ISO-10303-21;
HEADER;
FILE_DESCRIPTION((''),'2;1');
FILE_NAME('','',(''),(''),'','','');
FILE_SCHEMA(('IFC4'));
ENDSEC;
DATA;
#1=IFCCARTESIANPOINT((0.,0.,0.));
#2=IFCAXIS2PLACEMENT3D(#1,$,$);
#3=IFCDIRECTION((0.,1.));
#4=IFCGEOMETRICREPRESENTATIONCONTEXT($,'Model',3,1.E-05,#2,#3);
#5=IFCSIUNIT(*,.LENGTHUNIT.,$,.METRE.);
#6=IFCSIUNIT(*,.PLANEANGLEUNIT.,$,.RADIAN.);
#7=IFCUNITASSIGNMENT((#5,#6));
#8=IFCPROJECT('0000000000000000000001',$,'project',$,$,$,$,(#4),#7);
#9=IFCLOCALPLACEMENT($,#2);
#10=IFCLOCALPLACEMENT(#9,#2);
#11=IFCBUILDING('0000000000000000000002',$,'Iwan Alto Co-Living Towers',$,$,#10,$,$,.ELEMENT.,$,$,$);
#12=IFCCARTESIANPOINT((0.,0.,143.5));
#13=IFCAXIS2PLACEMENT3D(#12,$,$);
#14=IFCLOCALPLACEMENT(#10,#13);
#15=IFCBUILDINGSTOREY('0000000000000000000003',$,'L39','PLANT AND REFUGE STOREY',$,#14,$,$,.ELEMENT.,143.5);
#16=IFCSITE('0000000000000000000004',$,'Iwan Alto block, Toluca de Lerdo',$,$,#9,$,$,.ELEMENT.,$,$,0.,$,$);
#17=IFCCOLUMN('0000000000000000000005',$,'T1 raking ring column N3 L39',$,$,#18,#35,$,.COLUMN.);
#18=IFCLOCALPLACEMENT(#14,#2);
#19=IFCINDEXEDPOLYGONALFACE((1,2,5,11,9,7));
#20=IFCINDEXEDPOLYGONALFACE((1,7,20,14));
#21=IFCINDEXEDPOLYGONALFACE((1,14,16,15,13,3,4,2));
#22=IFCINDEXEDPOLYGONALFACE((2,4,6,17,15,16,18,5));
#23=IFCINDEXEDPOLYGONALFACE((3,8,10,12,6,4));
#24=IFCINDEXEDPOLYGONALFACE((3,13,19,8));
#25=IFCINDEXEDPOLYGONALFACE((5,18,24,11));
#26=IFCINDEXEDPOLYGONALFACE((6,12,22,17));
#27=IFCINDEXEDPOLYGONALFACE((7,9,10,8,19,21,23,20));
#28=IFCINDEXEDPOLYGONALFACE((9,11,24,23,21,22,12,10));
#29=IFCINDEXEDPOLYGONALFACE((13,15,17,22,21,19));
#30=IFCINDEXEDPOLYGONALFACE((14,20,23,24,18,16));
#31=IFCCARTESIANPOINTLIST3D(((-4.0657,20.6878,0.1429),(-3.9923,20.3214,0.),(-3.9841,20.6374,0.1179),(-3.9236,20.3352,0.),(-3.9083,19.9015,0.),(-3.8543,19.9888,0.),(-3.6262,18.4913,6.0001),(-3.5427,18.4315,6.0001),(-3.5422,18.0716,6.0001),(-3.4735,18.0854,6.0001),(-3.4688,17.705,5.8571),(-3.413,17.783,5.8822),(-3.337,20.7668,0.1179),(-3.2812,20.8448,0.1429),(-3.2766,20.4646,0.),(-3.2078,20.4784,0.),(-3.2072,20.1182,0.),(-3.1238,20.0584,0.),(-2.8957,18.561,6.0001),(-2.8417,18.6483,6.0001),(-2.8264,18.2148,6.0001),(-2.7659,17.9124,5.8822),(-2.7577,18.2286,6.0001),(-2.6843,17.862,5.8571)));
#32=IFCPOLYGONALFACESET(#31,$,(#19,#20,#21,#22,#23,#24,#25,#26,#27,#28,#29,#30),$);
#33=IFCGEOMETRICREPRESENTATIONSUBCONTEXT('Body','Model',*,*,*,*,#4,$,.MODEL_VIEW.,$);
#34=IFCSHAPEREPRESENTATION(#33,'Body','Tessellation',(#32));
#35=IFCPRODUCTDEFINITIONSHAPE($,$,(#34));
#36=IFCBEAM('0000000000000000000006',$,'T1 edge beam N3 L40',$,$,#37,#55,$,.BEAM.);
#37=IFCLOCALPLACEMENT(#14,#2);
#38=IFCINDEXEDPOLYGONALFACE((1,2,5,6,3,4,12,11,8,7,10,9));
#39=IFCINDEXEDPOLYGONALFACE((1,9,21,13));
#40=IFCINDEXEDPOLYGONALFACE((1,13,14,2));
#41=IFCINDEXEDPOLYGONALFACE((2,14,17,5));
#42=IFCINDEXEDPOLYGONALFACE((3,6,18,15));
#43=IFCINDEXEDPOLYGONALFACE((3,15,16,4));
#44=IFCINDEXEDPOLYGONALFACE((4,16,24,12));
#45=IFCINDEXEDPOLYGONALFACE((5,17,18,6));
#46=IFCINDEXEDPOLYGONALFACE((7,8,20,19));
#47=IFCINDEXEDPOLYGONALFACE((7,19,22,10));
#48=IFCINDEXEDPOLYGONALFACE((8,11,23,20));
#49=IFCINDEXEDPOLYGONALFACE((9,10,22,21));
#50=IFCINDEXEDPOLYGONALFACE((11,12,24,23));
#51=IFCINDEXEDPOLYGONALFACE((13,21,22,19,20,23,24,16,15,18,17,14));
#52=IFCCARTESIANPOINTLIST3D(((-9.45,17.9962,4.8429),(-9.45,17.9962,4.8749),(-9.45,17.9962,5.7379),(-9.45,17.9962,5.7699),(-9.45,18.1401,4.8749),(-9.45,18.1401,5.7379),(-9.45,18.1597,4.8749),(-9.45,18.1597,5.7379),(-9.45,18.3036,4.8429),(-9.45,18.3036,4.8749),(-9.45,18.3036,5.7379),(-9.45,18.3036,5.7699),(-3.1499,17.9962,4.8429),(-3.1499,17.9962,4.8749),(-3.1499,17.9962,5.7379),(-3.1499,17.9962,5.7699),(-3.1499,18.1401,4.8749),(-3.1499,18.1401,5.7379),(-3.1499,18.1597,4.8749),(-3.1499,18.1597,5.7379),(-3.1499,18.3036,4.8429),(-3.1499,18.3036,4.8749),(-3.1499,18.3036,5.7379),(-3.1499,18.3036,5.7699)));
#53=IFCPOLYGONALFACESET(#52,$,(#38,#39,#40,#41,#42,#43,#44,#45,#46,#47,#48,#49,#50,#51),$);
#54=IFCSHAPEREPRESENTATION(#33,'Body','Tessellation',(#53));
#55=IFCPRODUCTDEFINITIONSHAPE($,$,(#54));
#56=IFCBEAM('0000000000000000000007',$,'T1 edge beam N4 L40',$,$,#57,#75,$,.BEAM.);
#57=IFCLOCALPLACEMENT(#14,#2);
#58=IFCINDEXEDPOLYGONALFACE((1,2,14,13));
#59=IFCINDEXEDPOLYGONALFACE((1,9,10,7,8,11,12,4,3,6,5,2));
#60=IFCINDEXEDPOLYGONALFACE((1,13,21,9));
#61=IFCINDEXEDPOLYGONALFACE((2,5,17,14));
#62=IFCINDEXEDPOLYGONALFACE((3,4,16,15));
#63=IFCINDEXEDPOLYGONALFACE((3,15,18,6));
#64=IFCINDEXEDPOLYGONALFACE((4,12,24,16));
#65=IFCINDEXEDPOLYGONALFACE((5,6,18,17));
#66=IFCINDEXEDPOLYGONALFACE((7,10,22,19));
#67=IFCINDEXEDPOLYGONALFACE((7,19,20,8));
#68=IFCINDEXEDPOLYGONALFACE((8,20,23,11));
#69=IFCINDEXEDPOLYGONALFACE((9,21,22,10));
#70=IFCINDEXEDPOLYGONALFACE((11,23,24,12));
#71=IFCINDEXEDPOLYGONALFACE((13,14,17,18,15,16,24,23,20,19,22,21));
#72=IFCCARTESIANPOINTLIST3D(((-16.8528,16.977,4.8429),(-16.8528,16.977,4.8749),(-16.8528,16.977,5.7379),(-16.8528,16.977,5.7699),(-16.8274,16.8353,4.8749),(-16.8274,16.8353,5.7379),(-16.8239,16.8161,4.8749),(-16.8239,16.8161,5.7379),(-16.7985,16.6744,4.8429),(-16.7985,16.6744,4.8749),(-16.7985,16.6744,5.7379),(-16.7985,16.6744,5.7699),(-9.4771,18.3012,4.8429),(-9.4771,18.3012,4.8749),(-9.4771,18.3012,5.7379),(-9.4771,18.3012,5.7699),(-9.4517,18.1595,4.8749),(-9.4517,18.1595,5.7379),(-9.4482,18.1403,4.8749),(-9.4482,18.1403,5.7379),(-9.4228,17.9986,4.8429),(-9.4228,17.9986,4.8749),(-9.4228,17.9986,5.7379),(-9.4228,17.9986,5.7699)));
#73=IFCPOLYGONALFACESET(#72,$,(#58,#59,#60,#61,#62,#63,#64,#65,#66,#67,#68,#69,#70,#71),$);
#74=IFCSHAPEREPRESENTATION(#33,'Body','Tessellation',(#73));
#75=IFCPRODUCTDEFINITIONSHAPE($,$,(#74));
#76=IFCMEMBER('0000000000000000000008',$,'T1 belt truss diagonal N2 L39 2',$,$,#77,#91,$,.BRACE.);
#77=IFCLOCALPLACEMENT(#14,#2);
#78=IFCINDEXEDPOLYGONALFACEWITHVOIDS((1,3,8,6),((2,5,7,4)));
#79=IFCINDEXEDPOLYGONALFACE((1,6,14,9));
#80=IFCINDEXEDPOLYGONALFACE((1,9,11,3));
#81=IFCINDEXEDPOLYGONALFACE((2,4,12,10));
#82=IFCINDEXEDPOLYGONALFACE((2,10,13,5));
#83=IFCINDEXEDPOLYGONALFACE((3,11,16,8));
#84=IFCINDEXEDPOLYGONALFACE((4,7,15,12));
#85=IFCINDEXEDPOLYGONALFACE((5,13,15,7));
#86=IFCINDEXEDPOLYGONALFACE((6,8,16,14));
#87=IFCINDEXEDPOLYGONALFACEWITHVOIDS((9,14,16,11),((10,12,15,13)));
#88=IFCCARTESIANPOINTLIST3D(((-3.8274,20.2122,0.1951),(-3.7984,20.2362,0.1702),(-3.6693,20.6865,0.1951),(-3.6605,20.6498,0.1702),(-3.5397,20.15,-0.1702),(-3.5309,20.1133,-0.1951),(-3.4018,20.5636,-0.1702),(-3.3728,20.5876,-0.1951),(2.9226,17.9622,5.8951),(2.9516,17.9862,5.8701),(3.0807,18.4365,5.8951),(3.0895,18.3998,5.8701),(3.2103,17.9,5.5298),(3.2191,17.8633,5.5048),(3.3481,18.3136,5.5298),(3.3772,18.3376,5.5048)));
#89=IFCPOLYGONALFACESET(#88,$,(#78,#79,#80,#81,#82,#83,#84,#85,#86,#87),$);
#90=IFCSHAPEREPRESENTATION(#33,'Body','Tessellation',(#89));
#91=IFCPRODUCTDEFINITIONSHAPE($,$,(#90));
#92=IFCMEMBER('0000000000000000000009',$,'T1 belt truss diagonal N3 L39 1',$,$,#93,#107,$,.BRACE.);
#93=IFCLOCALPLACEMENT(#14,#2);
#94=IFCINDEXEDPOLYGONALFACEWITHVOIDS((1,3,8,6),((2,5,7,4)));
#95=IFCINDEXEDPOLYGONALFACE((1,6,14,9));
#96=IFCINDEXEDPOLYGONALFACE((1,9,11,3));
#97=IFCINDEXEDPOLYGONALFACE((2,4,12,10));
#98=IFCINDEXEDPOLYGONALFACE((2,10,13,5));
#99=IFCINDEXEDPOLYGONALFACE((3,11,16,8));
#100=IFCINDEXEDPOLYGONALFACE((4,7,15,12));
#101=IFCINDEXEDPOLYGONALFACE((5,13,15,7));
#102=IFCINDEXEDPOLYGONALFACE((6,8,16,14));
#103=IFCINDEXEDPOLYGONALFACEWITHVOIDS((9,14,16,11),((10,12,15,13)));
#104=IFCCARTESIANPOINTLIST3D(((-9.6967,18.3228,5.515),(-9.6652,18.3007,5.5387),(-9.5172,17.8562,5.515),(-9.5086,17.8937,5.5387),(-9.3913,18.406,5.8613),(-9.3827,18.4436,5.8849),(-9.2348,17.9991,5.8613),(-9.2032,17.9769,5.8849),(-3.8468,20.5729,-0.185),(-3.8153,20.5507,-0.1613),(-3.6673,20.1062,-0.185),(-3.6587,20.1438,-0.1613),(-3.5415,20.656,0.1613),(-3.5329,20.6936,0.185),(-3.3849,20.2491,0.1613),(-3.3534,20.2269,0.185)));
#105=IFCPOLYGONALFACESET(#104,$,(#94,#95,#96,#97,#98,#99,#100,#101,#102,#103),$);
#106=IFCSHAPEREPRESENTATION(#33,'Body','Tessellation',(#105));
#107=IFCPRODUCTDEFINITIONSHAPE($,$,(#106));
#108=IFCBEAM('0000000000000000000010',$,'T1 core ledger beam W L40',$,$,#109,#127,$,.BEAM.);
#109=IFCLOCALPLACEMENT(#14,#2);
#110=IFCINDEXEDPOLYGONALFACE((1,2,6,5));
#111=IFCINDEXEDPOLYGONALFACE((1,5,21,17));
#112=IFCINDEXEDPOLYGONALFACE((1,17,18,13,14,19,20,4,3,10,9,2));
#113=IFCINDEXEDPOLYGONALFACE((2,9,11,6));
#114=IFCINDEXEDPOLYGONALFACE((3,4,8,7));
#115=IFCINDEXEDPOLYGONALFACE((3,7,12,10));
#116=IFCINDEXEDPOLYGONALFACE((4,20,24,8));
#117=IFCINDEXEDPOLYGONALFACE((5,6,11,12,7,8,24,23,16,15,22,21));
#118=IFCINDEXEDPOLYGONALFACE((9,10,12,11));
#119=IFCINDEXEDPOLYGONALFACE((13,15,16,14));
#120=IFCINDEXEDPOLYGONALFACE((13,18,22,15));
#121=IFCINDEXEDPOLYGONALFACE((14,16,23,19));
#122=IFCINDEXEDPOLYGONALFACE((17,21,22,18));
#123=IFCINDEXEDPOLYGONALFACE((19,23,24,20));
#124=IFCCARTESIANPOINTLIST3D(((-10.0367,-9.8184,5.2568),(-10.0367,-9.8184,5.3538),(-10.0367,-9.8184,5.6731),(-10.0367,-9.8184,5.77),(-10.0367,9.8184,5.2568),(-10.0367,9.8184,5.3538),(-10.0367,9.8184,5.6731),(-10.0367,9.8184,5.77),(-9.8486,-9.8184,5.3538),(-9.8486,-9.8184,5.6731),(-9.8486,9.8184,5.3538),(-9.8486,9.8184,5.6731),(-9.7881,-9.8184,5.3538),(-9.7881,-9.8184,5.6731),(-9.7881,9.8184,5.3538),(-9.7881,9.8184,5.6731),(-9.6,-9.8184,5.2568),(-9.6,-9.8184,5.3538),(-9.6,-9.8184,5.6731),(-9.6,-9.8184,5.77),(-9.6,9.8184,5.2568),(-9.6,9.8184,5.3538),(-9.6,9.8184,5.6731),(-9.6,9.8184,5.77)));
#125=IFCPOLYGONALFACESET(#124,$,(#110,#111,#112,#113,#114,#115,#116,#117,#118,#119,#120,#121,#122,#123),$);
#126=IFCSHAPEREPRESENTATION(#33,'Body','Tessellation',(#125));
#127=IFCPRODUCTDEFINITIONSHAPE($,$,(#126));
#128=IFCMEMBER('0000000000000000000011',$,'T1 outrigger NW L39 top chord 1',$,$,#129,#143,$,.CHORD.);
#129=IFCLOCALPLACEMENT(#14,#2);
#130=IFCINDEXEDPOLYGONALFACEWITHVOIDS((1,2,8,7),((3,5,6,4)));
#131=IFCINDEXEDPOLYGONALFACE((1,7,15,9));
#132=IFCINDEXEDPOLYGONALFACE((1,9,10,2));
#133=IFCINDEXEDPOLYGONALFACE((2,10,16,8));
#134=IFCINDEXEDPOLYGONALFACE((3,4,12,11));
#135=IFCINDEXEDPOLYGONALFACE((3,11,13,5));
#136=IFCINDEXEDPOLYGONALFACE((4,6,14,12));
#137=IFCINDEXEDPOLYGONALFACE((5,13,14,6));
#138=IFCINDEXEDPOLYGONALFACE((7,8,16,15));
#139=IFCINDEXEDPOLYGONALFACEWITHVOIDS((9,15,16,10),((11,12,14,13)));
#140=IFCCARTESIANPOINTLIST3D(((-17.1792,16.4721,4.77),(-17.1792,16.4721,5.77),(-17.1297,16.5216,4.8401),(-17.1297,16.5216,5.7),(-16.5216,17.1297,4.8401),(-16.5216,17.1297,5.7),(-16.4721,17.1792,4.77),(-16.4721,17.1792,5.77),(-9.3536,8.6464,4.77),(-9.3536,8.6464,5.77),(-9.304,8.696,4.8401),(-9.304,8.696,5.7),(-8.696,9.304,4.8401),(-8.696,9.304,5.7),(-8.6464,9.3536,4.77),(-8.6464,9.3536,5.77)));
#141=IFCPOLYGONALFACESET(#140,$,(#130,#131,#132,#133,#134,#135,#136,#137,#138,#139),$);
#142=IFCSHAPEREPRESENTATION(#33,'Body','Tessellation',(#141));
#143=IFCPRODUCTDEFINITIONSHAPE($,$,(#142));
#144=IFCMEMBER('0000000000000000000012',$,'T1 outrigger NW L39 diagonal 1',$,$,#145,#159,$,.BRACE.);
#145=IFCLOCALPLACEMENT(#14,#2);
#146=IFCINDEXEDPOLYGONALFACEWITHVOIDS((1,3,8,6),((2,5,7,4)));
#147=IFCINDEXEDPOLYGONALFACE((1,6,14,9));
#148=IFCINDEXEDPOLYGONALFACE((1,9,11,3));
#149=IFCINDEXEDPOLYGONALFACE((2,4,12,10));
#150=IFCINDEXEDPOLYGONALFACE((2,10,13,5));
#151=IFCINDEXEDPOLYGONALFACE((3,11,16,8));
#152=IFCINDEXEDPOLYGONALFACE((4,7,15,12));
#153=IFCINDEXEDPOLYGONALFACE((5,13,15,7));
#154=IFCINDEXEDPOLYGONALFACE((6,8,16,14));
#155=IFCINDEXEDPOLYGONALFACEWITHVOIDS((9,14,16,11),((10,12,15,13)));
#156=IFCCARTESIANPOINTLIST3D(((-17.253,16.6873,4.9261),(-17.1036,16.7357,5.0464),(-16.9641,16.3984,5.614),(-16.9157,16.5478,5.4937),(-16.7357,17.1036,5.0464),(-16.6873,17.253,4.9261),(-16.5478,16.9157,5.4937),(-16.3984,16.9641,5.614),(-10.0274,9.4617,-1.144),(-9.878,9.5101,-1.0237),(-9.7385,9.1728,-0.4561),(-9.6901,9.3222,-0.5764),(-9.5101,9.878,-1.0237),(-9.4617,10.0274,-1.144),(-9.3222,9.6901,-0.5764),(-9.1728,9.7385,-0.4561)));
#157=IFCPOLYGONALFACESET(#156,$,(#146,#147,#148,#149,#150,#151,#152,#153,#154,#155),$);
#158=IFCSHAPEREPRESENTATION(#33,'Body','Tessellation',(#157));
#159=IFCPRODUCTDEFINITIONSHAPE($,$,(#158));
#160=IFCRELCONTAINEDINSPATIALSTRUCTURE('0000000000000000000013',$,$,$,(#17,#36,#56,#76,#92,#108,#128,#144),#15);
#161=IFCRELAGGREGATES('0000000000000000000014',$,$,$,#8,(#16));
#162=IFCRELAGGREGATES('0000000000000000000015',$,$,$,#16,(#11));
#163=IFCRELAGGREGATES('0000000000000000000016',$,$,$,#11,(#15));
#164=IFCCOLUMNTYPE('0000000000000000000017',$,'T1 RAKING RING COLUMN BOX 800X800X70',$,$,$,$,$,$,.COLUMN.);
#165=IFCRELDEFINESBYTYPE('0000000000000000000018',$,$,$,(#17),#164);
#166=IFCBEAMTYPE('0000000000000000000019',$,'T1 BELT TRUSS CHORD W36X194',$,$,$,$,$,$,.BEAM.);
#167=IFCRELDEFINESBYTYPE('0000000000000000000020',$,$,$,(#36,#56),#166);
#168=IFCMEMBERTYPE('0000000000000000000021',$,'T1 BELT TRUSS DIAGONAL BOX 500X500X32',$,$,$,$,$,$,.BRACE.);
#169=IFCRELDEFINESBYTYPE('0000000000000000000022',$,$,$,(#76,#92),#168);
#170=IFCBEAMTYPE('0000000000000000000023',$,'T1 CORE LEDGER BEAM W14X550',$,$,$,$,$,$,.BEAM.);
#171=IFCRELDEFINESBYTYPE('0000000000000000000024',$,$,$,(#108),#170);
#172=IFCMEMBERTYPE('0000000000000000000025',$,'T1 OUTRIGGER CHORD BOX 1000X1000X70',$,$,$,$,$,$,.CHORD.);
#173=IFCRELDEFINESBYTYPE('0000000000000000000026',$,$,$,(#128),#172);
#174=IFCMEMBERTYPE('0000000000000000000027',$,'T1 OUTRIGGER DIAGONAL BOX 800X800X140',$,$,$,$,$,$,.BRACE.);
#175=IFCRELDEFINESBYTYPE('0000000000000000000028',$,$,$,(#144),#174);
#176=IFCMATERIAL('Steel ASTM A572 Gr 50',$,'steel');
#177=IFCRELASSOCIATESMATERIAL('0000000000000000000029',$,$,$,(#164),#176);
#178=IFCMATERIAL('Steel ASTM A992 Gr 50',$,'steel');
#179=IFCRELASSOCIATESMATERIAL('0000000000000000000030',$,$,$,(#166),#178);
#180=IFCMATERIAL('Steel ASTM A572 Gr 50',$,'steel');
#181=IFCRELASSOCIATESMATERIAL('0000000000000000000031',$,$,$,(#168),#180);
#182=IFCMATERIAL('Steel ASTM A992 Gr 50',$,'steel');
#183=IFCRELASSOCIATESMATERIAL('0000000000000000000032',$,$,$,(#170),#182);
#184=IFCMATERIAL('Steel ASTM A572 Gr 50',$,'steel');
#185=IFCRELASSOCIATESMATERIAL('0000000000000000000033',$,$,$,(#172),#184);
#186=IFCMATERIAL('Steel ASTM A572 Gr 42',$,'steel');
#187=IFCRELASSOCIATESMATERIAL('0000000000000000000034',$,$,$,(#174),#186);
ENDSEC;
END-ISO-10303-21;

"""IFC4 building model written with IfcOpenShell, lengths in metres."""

from ifc_helpers import new_model, si_unit, direction, frame, origin, origin_2d, place, context, subcontext, project, spatial, hollow_rectangle, i_section, extrude, clip, halfspace, material, material_profile, profile_set, type_object, element, save


model = new_model("IFC4")

# Units and contexts
model_context = context("Model", 3, precision=1e-05, world=origin(), true_north=direction((0.0, 1.0)))
body_context = subcontext(model_context, "Body", "Model", "MODEL_VIEW")
ifc_project = project(units=[si_unit("LENGTHUNIT", "METRE"), si_unit("PLANEANGLEUNIT", "RADIAN")], contexts=[model_context])

# Site, building, storey
site_placement = place(None, origin())
site = spatial("IfcSite", under=ifc_project, at=site_placement, Name="Iwan Alto block, Toluca de Lerdo", CompositionType="ELEMENT", RefElevation=0.0)
building_placement = place(site_placement, origin())
building = spatial("IfcBuilding", under=site, at=building_placement, Name="Iwan Alto Co-Living Towers", CompositionType="ELEMENT")
storey_placement = place(building_placement, frame((0.0, 0.0, 143.5)))
storey = spatial("IfcBuildingStorey", under=building, at=storey_placement, Name="L39", Description="PLANT AND REFUGE STOREY", CompositionType="ELEMENT", Elevation=143.5)

# Column
ifc_material_1 = material(Name="Steel ASTM A572 Gr 50", Category="steel")
ifc_material_profile_1 = material_profile(ifc_material_1, hollow_rectangle(XDim=0.8, YDim=0.8, WallThickness=0.0701, at=origin_2d()), Name="BOX 800X800X70")
ifc_profile_set_1 = profile_set([ifc_material_profile_1], Name="Steel ASTM A572 Gr 50")
column_type = type_object("IfcColumnType", Name="T1 RAKING RING COLUMN BOX 800X800X70", PredefinedType="COLUMN", material=ifc_profile_set_1)
column_placement = place(storey_placement, frame((-3.6001, 20.3999, 0.0), z_axis=(0.070082, -0.35026, 0.934027), x_axis=(0.980564, 0.196198, 0.0)))
element("IfcColumn", 1, at=column_placement, inside=storey, type_object=column_type, Name="T1 raking ring column N3 L39", PredefinedType="COLUMN", context=body_context, shape_type="Clipping", body=[
    clip(clip(extrude(hollow_rectangle(XDim=0.8, YDim=0.8, WallThickness=0.0701, at=origin_2d()), origin(), (0.0, 0.0, 1.0), 6.4238), halfspace(frame((0.0, 0.0, 0.0), z_axis=(0.0, -0.357203, -0.934027), x_axis=(0.980564, -0.183254, 0.070082)), False)), halfspace(frame((0.0, 2.1433, 5.6042), z_axis=(0.0, 0.357203, 0.934027), x_axis=(0.980564, -0.183254, 0.070082)), False)),
])

# Beams
ifc_material_2 = material(Name="Steel ASTM A992 Gr 50", Category="steel")
ifc_material_profile_2 = material_profile(ifc_material_2, i_section(OverallWidth=0.3074, OverallDepth=0.927, WebThickness=0.0195, FlangeThickness=0.032, at=origin_2d()), Name="W36X194")
ifc_profile_set_2 = profile_set([ifc_material_profile_2], Name="Steel ASTM A992 Gr 50")
beam_type_1 = type_object("IfcBeamType", Name="T1 BELT TRUSS CHORD W36X194", PredefinedType="BEAM", material=ifc_profile_set_2)
beam_1_placement = place(storey_placement, frame((-3.1499, 18.1499, 5.3064), z_axis=(-1.0, 0.0, 0.0), x_axis=(0.0, -1.0, 0.0)))
element("IfcBeam", 2, at=beam_1_placement, inside=storey, type_object=beam_type_1, Name="T1 edge beam N3 L40", PredefinedType="BEAM", context=body_context, shape_type="SweptSolid", body=[
    extrude(i_section(OverallWidth=0.3074, OverallDepth=0.927, WebThickness=0.0195, FlangeThickness=0.032, at=origin_2d()), origin(), (0.0, 0.0, 1.0), 6.3),
])
beam_2_placement = place(storey_placement, frame((-9.45, 18.1499, 5.3064), z_axis=(-0.984263, -0.176712, 0.0), x_axis=(0.176712, -0.984263, 0.0)))
element("IfcBeam", 3, at=beam_2_placement, inside=storey, type_object=beam_type_1, Name="T1 edge beam N4 L40", PredefinedType="BEAM", context=body_context, shape_type="SweptSolid", body=[
    extrude(i_section(OverallWidth=0.3074, OverallDepth=0.927, WebThickness=0.0195, FlangeThickness=0.032, at=origin_2d()), origin(), (0.0, 0.0, 1.0), 7.4937),
])

# Members
ifc_material_3 = material(Name="Steel ASTM A572 Gr 50", Category="steel")
ifc_material_profile_3 = material_profile(ifc_material_3, hollow_rectangle(XDim=0.5, YDim=0.5, WallThickness=0.032, at=origin_2d()), Name="BOX 500X500X32")
ifc_profile_set_3 = profile_set([ifc_material_profile_3], Name="Steel ASTM A572 Gr 50")
member_type_1 = type_object("IfcMemberType", Name="T1 BELT TRUSS DIAGONAL BOX 500X500X32", PredefinedType="BRACE", material=ifc_profile_set_3)
member_1_placement = place(storey_placement, frame((-3.6001, 20.3999, 0.0), z_axis=(0.740398, -0.246799, 0.62522), x_axis=(0.316228, 0.948683, 0.0)))
element("IfcMember", 4, at=member_1_placement, inside=storey, type_object=member_type_1, Name="T1 belt truss diagonal N2 L39 2", PredefinedType="BRACE", context=body_context, shape_type="SweptSolid", body=[
    extrude(hollow_rectangle(XDim=0.5, YDim=0.5, WallThickness=0.032, at=origin_2d()), origin(), (0.0, 0.0, 1.0), 9.1167),
])
member_2_placement = place(storey_placement, frame((-3.6001, 20.3999, 0.0), z_axis=(-0.690503, -0.265585, 0.672808), x_axis=(0.358987, -0.933343, 0.0)))
element("IfcMember", 5, at=member_2_placement, inside=storey, type_object=member_type_1, Name="T1 belt truss diagonal N3 L39 1", PredefinedType="BRACE", context=body_context, shape_type="SweptSolid", body=[
    extrude(hollow_rectangle(XDim=0.5, YDim=0.5, WallThickness=0.032, at=origin_2d()), origin(), (0.0, 0.0, 1.0), 8.4719),
])

# Beam
ifc_material_4 = material(Name="Steel ASTM A992 Gr 50", Category="steel")
ifc_material_profile_4 = material_profile(ifc_material_4, i_section(OverallWidth=0.4368, OverallDepth=0.5132, WebThickness=0.0605, FlangeThickness=0.0969, at=origin_2d()), Name="W14X550")
ifc_profile_set_4 = profile_set([ifc_material_profile_4], Name="Steel ASTM A992 Gr 50")
beam_type_2 = type_object("IfcBeamType", Name="T1 CORE LEDGER BEAM W14X550", PredefinedType="BEAM", material=ifc_profile_set_4)
beam_3_placement = place(storey_placement, frame((-9.8184, 9.8184, 5.5134), z_axis=(0.0, -1.0, 0.0), x_axis=(1.0, 0.0, 0.0)))
element("IfcBeam", 6, at=beam_3_placement, inside=storey, type_object=beam_type_2, Name="T1 core ledger beam W L40", PredefinedType="BEAM", context=body_context, shape_type="SweptSolid", body=[
    extrude(i_section(OverallWidth=0.4368, OverallDepth=0.5132, WebThickness=0.0605, FlangeThickness=0.0969, at=origin_2d()), origin(), (0.0, 0.0, 1.0), 19.6367),
])

# Members
ifc_material_5 = material(Name="Steel ASTM A572 Gr 50", Category="steel")
ifc_material_profile_5 = material_profile(ifc_material_5, hollow_rectangle(XDim=1.0, YDim=1.0, WallThickness=0.0701, at=origin_2d()), Name="BOX 1000X1000X70")
ifc_profile_set_5 = profile_set([ifc_material_profile_5], Name="Steel ASTM A572 Gr 50")
member_type_2 = type_object("IfcMemberType", Name="T1 OUTRIGGER CHORD BOX 1000X1000X70", PredefinedType="CHORD", material=ifc_profile_set_5)
member_3_placement = place(storey_placement, frame((-9.0, 9.0, 5.27), z_axis=(-0.707107, 0.707107, 0.0), x_axis=(-0.707107, -0.707107, 0.0)))
element("IfcMember", 7, at=member_3_placement, inside=storey, type_object=member_type_2, Name="T1 outrigger NW L39 top chord 1", PredefinedType="CHORD", context=body_context, shape_type="SweptSolid", body=[
    extrude(hollow_rectangle(XDim=1.0, YDim=1.0, WallThickness=0.0701, at=origin_2d()), origin(), (0.0, 0.0, 1.0), 11.0671),
])
ifc_material_6 = material(Name="Steel ASTM A572 Gr 42", Category="steel")
ifc_material_profile_6 = material_profile(ifc_material_6, hollow_rectangle(XDim=0.8, YDim=0.8, WallThickness=0.1399, at=origin_2d()), Name="BOX 800X800X140")
ifc_profile_set_6 = profile_set([ifc_material_profile_6], Name="Steel ASTM A572 Gr 42")
member_type_3 = type_object("IfcMemberType", Name="T1 OUTRIGGER DIAGONAL BOX 800X800X140", PredefinedType="BRACE", material=ifc_profile_set_6)
member_4_placement = place(storey_placement, frame((-9.6001, 9.6001, -0.8), z_axis=(-0.607935, 0.607935, 0.510714), x_axis=(-0.707107, -0.707107, 0.0)))
element("IfcMember", 8, at=member_4_placement, inside=storey, type_object=member_type_3, Name="T1 outrigger NW L39 diagonal 1", PredefinedType="BRACE", context=body_context, shape_type="SweptSolid", body=[
    extrude(hollow_rectangle(XDim=0.8, YDim=0.8, WallThickness=0.1399, at=origin_2d()), origin(), (0.0, 0.0, 1.0), 11.8855),
])

save(model, "model.ifc")
